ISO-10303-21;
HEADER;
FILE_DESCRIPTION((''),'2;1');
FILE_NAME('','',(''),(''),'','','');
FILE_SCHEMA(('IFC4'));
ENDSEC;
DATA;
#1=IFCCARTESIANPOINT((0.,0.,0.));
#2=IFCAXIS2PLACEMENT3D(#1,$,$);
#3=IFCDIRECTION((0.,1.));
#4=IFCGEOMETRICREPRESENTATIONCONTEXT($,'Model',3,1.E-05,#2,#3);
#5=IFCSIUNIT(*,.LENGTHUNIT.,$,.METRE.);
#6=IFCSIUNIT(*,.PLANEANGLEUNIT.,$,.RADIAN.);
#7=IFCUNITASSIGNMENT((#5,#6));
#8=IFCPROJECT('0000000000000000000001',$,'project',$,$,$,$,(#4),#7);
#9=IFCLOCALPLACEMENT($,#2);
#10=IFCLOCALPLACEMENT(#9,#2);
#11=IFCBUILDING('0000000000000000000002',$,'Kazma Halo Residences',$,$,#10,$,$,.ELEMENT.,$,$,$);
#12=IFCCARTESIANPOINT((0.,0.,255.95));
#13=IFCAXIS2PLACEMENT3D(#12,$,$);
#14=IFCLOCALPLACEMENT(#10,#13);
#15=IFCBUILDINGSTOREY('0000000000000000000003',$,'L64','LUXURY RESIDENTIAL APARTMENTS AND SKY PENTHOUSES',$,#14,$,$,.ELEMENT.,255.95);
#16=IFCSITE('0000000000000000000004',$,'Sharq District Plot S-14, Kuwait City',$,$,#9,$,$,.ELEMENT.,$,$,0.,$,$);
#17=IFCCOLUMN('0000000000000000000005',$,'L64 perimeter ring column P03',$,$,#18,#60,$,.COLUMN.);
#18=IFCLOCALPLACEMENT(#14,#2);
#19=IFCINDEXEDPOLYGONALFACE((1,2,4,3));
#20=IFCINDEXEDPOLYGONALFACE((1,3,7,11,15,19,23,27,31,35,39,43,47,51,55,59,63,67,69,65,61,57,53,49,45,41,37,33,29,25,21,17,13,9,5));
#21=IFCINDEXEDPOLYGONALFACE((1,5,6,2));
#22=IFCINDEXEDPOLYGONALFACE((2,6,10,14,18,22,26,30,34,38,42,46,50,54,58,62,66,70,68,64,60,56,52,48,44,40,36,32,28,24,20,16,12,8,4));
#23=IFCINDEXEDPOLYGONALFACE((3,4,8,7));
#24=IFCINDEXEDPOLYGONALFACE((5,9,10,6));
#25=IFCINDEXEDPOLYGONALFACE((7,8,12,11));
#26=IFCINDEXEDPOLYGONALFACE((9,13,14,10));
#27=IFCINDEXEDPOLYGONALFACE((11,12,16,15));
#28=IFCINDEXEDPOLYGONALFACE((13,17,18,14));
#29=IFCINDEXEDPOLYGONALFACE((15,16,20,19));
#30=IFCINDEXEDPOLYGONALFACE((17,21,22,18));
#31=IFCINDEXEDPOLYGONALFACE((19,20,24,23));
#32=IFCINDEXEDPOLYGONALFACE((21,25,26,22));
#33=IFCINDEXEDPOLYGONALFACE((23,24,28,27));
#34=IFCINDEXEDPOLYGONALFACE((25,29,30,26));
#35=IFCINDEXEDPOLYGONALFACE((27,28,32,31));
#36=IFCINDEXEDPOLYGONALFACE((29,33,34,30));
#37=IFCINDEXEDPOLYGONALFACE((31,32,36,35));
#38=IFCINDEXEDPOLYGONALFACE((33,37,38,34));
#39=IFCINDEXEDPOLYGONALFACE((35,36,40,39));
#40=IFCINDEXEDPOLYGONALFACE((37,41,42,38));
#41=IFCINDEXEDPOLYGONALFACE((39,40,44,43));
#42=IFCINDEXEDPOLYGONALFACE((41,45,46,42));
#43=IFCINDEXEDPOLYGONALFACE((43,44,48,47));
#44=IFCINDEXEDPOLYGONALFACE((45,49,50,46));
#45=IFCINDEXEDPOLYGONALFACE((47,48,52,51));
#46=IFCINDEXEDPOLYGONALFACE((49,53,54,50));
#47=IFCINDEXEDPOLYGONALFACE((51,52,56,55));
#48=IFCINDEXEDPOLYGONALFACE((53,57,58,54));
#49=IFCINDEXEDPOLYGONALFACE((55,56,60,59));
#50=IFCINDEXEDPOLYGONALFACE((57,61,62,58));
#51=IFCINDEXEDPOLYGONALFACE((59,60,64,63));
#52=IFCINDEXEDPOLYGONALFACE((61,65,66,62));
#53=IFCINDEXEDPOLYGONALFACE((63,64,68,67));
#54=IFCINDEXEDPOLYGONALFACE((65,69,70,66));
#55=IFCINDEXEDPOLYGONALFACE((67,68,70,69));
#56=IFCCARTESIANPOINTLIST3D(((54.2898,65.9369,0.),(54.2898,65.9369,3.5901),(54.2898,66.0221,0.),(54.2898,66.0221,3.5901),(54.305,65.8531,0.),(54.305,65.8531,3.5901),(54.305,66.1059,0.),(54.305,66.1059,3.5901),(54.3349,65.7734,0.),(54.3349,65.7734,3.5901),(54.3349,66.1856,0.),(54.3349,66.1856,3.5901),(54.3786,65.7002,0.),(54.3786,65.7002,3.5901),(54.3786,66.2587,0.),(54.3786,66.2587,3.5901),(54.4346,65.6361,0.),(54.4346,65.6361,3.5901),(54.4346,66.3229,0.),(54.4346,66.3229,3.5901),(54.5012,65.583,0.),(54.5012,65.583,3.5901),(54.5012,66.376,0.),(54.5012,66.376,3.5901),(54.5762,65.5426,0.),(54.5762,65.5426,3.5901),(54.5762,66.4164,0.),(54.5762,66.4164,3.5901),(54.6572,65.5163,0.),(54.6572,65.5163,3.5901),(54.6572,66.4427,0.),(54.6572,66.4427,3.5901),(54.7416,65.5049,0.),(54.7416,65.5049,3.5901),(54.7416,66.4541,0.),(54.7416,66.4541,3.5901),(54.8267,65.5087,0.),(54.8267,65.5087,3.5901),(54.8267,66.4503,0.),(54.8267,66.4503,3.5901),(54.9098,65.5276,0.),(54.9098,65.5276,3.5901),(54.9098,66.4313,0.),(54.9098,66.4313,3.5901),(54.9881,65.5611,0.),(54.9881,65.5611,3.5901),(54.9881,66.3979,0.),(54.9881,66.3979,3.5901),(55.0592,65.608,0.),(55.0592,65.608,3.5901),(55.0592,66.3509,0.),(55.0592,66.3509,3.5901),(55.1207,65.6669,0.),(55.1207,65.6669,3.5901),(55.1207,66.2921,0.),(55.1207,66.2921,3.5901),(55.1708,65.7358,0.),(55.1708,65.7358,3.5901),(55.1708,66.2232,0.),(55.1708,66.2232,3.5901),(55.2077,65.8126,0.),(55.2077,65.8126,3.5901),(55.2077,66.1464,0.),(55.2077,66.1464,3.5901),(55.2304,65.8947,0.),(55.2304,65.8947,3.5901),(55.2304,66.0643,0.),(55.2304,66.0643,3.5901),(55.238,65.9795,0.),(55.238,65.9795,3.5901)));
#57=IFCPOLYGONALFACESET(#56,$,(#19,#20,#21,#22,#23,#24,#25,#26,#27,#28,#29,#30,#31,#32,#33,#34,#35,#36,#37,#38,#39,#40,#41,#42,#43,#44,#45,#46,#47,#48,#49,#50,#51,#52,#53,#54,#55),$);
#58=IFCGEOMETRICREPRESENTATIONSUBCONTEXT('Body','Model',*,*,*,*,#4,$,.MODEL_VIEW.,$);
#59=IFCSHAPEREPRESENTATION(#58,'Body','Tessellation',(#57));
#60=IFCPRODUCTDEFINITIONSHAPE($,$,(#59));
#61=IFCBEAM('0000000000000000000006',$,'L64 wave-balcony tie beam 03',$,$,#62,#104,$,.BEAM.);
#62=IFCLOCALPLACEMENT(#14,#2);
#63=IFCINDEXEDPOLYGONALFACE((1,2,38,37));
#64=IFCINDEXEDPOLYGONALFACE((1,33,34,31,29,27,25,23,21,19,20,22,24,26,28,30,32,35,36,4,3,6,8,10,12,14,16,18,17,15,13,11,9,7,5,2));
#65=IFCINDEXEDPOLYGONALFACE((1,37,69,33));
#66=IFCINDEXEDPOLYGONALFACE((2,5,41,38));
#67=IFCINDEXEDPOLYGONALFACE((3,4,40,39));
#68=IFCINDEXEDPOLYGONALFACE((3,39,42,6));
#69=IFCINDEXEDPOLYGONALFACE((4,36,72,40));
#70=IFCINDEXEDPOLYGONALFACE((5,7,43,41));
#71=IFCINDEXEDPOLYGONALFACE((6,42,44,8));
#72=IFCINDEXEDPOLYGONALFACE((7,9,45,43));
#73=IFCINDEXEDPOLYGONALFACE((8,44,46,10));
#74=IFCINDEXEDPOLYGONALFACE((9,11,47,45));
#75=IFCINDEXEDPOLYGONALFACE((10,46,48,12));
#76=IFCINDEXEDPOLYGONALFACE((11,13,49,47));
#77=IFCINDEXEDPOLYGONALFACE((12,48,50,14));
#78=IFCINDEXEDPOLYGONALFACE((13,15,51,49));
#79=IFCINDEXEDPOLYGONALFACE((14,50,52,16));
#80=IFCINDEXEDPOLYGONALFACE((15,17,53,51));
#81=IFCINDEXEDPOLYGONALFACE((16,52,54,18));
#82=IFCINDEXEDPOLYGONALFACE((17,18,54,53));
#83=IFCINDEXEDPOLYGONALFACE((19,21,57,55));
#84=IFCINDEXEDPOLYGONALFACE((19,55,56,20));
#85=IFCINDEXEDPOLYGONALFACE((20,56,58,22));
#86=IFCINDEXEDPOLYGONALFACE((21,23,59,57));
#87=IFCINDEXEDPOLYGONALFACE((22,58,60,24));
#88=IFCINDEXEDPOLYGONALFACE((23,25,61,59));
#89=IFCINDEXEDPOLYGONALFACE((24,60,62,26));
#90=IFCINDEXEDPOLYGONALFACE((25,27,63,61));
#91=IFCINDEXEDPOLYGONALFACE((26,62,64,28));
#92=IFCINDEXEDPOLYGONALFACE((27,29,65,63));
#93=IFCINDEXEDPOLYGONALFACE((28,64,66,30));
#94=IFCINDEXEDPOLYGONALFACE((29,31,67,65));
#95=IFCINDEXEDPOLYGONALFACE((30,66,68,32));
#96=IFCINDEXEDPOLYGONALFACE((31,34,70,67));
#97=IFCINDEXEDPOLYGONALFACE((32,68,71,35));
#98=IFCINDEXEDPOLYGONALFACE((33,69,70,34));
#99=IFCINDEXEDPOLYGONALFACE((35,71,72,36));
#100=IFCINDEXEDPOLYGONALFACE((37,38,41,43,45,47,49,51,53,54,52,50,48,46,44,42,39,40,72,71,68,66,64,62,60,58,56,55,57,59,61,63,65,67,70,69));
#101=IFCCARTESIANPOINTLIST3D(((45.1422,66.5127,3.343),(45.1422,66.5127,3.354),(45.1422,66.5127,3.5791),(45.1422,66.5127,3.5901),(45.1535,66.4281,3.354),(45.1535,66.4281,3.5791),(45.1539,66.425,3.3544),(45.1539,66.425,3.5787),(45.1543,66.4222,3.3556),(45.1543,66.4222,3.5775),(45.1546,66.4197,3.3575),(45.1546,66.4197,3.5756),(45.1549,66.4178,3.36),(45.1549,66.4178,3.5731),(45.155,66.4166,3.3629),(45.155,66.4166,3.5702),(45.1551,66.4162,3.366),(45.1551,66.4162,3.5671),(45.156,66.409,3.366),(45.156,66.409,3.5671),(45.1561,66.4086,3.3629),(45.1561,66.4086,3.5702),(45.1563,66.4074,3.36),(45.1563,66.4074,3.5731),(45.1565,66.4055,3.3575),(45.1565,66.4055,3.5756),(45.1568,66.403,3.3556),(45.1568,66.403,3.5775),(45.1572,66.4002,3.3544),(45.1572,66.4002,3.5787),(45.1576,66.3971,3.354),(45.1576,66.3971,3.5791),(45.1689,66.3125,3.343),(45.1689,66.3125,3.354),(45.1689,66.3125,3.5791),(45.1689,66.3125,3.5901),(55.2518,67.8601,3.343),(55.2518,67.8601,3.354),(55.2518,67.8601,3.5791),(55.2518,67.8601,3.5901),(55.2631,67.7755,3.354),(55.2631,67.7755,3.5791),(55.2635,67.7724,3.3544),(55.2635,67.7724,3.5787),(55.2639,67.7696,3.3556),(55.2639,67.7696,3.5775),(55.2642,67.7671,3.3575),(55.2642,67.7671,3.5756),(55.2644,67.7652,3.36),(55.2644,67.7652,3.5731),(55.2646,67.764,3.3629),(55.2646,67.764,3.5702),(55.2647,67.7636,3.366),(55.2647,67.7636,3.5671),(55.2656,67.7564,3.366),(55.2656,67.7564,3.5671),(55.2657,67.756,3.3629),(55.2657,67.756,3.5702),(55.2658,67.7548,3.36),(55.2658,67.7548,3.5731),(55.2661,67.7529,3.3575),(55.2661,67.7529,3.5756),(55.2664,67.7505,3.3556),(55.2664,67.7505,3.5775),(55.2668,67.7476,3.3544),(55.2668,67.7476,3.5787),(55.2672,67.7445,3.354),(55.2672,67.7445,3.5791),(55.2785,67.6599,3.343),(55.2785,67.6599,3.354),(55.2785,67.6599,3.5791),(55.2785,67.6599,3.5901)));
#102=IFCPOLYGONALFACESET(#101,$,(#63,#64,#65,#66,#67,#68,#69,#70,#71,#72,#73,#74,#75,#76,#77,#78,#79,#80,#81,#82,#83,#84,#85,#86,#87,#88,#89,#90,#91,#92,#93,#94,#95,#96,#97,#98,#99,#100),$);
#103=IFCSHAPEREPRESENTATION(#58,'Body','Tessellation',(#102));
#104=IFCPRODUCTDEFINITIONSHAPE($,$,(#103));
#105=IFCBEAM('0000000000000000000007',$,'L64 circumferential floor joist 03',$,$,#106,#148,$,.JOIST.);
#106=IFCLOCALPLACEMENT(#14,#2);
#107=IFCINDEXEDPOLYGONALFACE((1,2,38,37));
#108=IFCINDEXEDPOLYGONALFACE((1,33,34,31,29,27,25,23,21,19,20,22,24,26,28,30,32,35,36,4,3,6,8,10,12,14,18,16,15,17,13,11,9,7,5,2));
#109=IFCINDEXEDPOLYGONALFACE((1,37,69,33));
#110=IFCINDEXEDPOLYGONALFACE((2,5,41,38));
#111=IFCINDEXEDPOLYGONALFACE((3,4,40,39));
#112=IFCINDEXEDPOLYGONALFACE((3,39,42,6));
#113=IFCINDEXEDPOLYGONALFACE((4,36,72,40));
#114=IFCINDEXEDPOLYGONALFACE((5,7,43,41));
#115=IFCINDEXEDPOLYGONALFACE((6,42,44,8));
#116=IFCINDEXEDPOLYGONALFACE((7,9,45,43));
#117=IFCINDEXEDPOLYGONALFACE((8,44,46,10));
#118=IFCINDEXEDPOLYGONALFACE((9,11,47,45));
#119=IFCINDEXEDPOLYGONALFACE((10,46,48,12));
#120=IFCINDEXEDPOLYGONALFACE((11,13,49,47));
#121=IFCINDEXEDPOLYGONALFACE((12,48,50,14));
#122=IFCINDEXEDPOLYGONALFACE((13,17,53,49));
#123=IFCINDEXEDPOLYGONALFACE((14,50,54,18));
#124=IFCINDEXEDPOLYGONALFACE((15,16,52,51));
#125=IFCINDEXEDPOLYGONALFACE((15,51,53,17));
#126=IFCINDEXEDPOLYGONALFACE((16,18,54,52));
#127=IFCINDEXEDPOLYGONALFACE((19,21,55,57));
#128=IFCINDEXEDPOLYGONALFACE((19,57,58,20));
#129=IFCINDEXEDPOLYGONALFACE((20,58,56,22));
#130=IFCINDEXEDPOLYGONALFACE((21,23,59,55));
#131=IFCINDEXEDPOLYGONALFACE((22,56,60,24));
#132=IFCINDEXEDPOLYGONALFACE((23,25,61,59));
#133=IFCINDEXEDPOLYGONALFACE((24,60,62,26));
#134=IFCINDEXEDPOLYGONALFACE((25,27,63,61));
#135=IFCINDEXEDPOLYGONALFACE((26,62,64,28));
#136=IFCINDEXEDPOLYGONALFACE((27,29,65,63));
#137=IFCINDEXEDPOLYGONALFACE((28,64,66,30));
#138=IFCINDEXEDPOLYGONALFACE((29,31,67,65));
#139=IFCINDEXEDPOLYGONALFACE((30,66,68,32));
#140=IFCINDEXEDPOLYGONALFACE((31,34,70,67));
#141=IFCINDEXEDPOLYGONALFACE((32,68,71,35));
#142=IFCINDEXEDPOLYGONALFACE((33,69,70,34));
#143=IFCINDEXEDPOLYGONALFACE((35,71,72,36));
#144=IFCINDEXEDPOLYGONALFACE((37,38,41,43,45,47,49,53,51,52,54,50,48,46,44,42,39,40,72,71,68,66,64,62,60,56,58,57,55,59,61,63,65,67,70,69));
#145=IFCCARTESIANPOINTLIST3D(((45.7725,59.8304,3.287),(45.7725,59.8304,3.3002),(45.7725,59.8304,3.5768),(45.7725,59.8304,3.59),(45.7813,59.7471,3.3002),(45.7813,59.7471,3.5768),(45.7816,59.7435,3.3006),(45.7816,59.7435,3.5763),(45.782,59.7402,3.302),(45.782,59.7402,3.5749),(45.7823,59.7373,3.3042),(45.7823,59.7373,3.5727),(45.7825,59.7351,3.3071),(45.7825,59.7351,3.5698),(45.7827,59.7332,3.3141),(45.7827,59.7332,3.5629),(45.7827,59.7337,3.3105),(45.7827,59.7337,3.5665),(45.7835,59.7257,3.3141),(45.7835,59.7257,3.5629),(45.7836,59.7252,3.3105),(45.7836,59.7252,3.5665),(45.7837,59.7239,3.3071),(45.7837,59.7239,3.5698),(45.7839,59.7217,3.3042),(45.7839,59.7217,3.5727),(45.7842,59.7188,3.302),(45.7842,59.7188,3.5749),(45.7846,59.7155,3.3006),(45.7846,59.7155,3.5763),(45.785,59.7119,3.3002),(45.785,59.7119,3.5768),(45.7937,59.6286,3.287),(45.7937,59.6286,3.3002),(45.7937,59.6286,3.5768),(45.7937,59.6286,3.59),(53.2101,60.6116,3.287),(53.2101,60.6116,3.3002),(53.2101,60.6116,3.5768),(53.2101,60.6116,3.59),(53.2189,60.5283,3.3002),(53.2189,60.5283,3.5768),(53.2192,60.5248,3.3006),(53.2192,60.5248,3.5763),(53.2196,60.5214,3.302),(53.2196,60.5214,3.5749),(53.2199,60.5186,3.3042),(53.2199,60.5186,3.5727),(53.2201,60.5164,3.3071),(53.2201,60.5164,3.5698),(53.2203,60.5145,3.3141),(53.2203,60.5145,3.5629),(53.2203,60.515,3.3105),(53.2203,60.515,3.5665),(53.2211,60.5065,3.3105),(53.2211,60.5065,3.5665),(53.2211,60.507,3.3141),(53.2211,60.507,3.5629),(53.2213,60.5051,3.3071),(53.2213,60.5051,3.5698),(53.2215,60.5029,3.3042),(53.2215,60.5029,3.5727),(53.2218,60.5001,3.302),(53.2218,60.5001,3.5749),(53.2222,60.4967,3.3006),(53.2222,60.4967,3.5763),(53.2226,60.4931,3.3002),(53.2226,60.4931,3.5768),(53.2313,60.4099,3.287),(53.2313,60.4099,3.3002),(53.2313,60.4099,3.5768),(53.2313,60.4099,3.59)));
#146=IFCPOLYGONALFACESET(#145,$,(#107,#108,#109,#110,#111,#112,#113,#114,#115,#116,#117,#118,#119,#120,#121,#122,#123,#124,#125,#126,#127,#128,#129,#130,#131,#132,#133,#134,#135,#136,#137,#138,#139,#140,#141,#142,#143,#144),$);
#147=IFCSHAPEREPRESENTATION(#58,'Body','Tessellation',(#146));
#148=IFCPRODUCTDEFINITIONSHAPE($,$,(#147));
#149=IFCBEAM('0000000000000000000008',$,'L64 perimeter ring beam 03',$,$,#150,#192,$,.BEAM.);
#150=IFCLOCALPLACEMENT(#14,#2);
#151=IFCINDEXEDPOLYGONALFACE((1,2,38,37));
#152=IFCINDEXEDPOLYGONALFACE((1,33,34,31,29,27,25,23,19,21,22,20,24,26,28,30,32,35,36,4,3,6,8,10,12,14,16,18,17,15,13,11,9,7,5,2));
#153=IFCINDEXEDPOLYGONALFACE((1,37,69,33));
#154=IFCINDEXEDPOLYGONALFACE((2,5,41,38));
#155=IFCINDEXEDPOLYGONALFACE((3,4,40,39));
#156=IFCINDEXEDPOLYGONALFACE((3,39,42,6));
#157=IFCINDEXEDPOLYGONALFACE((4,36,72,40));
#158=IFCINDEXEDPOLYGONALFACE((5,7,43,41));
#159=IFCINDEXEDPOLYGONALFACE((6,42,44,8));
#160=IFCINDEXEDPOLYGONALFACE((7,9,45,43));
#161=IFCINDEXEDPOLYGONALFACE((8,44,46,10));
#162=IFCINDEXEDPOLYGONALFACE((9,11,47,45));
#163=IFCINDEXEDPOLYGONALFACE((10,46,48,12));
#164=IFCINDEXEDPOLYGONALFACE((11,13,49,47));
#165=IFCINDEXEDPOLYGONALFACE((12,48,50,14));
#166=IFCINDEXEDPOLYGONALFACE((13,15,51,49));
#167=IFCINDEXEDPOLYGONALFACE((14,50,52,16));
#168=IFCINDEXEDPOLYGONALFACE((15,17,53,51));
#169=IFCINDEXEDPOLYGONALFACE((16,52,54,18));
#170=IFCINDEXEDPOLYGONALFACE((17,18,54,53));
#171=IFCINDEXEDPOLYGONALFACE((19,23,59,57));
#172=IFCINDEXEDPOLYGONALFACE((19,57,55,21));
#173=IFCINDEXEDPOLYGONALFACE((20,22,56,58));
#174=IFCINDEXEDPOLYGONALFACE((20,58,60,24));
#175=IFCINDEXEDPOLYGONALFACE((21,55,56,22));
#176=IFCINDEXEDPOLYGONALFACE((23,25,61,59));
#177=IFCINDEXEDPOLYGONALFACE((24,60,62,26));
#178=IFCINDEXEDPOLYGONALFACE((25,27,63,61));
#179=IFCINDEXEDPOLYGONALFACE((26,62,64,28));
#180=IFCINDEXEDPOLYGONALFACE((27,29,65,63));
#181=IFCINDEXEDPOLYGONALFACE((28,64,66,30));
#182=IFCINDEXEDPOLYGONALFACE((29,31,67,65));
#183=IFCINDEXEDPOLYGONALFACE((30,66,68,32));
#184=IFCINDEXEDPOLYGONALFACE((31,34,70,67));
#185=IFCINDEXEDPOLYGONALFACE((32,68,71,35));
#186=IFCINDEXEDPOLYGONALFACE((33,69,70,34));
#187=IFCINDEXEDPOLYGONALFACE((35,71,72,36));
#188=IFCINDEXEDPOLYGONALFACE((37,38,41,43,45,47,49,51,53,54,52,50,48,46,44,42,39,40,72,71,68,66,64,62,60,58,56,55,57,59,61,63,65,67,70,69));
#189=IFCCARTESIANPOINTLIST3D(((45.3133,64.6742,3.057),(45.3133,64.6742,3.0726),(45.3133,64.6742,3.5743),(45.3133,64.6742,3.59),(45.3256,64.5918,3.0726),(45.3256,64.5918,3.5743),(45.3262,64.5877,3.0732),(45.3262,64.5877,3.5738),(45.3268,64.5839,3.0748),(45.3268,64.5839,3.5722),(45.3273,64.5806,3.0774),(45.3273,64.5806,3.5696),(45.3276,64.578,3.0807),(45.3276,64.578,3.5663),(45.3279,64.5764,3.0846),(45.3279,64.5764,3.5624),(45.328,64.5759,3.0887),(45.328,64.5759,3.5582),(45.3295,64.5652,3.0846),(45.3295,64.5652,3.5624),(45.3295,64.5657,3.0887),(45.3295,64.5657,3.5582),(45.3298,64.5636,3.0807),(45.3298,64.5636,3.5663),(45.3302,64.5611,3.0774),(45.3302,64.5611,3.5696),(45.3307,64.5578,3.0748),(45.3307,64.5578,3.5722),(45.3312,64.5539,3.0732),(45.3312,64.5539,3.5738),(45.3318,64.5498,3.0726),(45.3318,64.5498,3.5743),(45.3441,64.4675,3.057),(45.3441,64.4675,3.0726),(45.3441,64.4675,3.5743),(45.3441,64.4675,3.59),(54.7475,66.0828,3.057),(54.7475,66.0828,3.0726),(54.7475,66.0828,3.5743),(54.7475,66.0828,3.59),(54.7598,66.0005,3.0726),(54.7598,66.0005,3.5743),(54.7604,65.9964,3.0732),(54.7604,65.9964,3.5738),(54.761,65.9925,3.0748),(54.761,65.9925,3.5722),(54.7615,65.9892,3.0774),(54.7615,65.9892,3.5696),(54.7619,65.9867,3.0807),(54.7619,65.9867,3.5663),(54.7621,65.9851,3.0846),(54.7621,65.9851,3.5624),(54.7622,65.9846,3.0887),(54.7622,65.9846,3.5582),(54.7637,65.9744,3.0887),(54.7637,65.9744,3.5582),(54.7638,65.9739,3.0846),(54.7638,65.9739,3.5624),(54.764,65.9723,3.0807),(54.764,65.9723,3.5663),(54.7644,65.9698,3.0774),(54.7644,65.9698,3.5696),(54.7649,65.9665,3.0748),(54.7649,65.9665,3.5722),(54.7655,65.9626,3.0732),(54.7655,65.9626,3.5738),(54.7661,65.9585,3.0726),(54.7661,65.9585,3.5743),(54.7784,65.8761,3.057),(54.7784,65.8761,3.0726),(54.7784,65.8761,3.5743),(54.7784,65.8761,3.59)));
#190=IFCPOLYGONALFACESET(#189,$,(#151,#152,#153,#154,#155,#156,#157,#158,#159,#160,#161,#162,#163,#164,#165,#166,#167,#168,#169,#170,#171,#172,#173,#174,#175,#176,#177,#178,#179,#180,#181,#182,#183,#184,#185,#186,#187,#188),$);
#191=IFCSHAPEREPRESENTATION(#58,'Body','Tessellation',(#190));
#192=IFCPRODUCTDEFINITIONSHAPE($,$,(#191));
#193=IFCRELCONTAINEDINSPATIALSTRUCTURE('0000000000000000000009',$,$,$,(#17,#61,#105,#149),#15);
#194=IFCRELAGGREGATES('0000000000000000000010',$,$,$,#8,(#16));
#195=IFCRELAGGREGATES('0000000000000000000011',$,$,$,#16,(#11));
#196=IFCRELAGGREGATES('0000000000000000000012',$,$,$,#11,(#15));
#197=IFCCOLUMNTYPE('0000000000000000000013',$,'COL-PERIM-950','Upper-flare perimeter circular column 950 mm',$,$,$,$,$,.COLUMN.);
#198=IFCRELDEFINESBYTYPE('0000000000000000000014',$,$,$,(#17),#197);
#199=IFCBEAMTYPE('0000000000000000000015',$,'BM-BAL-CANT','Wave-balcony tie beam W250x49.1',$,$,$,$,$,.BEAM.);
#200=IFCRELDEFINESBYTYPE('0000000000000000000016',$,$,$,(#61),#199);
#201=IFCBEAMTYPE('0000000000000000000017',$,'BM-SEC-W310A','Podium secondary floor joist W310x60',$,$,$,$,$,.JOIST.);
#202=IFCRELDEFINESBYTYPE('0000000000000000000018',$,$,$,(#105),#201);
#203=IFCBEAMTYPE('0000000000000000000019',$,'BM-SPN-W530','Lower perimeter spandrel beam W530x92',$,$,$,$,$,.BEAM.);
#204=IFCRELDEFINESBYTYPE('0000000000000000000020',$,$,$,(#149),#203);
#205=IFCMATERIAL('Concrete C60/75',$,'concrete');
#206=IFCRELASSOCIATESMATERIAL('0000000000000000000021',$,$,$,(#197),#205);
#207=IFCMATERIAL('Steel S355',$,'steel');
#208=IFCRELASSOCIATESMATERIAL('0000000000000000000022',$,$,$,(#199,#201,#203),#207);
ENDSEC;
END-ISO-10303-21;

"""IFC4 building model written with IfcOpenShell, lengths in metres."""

from ifc_helpers import new_model, si_unit, direction, frame, origin, origin_2d, place, context, subcontext, project, spatial, circle, i_section, extrude, material, material_profile, profile_set, type_object, element, save


model = new_model("IFC4")

# Units and contexts
model_context = context("Model", 3, precision=1e-05, world=origin(), true_north=direction((0.0, 1.0)))
body_context = subcontext(model_context, "Body", "Model", "MODEL_VIEW")
ifc_project = project(units=[si_unit("LENGTHUNIT", "METRE"), si_unit("PLANEANGLEUNIT", "RADIAN")], contexts=[model_context])

# Site, building, storey
site_placement = place(None, origin())
site = spatial("IfcSite", under=ifc_project, at=site_placement, Name="Sharq District Plot S-14, Kuwait City", CompositionType="ELEMENT", RefElevation=0.0)
building_placement = place(site_placement, origin())
building = spatial("IfcBuilding", under=site, at=building_placement, Name="Kazma Halo Residences", CompositionType="ELEMENT")
storey_placement = place(building_placement, frame((0.0, 0.0, 255.95)))
storey = spatial("IfcBuildingStorey", under=building, at=storey_placement, Name="L64", Description="LUXURY RESIDENTIAL APARTMENTS AND SKY PENTHOUSES", CompositionType="ELEMENT", Elevation=255.95)

# Column
ifc_material_1 = material(Name="Concrete C60/75", Category="concrete")
ifc_material_profile_1 = material_profile(ifc_material_1, circle(Radius=0.4751, at=origin_2d()), Name="CIRC950")
ifc_profile_set_1 = profile_set([ifc_material_profile_1], Name="Concrete C60/75")
column_type = type_object("IfcColumnType", Name="COL-PERIM-950", Description="Upper-flare perimeter circular column 950 mm", PredefinedType="COLUMN", material=ifc_profile_set_1)
column_placement = place(storey_placement, frame((54.7629, 65.9795, 0.0), z_axis=(0.0, 0.0, 1.0), x_axis=(1.0, 0.0, 0.0)))
element("IfcColumn", 1, at=column_placement, inside=storey, type_object=column_type, Name="L64 perimeter ring column P03", PredefinedType="COLUMN", context=body_context, shape_type="SweptSolid", body=[
    extrude(circle(Radius=0.4751, at=origin_2d()), origin(), (0.0, 0.0, 1.0), 3.5901),
])

# Beams
ifc_material_2 = material(Name="Steel S355", Category="steel")
ifc_material_profile_2 = material_profile(ifc_material_2, i_section(OverallWidth=0.2019, OverallDepth=0.2471, WebThickness=0.0073, FlangeThickness=0.011, FilletRadius=0.012, at=origin_2d()), Name="W250x49.1")
ifc_profile_set_2 = profile_set([ifc_material_profile_2], Name="Steel S355")
beam_type_1 = type_object("IfcBeamType", Name="BM-BAL-CANT", Description="Wave-balcony tie beam W250x49.1", PredefinedType="BEAM", material=ifc_profile_set_2)
beam_1_placement = place(storey_placement, frame((55.2651, 67.76, 3.4666), z_axis=(-0.991235, -0.132112, 0.0), x_axis=(0.132112, -0.991235, 0.0)))
element("IfcBeam", 2, at=beam_1_placement, inside=storey, type_object=beam_type_1, Name="L64 wave-balcony tie beam 03", PredefinedType="BEAM", context=body_context, shape_type="SweptSolid", body=[
    extrude(i_section(OverallWidth=0.2019, OverallDepth=0.2471, WebThickness=0.0073, FlangeThickness=0.011, FilletRadius=0.012, at=origin_2d()), origin(), (0.0, 0.0, 1.0), 10.199),
])
ifc_material_profile_3 = material_profile(ifc_material_2, i_section(OverallWidth=0.2029, OverallDepth=0.303, WebThickness=0.0076, FlangeThickness=0.0132, FilletRadius=0.0139, at=origin_2d()), Name="W310x60")
ifc_profile_set_3 = profile_set([ifc_material_profile_3], Name="Steel S355")
beam_type_2 = type_object("IfcBeamType", Name="BM-SEC-W310A", Description="Podium secondary floor joist W310x60", PredefinedType="JOIST", material=ifc_profile_set_3)
beam_2_placement = place(storey_placement, frame((53.2207, 60.5107, 3.4385), z_axis=(-0.994528, -0.104467, 0.0), x_axis=(0.104467, -0.994528, 0.0)))
element("IfcBeam", 3, at=beam_2_placement, inside=storey, type_object=beam_type_2, Name="L64 circumferential floor joist 03", PredefinedType="JOIST", context=body_context, shape_type="SweptSolid", body=[
    extrude(i_section(OverallWidth=0.2029, OverallDepth=0.303, WebThickness=0.0076, FlangeThickness=0.0132, FilletRadius=0.0139, at=origin_2d()), origin(), (0.0, 0.0, 1.0), 7.4785),
])
ifc_material_profile_4 = material_profile(ifc_material_2, i_section(OverallWidth=0.209, OverallDepth=0.533, WebThickness=0.0103, FlangeThickness=0.0156, FilletRadius=0.0161, at=origin_2d()), Name="W530x92")
ifc_profile_set_4 = profile_set([ifc_material_profile_4], Name="Steel S355")
beam_type_3 = type_object("IfcBeamType", Name="BM-SPN-W530", Description="Lower perimeter spandrel beam W530x92", PredefinedType="BEAM", material=ifc_profile_set_4)
beam_3_placement = place(storey_placement, frame((54.7629, 65.9795, 3.3235), z_axis=(-0.989035, -0.147678, 0.0), x_axis=(0.147678, -0.989035, 0.0)))
element("IfcBeam", 4, at=beam_3_placement, inside=storey, type_object=beam_type_3, Name="L64 perimeter ring beam 03", PredefinedType="BEAM", context=body_context, shape_type="SweptSolid", body=[
    extrude(i_section(OverallWidth=0.209, OverallDepth=0.533, WebThickness=0.0103, FlangeThickness=0.0156, FilletRadius=0.0161, at=origin_2d()), origin(), (0.0, 0.0, 1.0), 9.5388),
])

save(model, "model.ifc")
